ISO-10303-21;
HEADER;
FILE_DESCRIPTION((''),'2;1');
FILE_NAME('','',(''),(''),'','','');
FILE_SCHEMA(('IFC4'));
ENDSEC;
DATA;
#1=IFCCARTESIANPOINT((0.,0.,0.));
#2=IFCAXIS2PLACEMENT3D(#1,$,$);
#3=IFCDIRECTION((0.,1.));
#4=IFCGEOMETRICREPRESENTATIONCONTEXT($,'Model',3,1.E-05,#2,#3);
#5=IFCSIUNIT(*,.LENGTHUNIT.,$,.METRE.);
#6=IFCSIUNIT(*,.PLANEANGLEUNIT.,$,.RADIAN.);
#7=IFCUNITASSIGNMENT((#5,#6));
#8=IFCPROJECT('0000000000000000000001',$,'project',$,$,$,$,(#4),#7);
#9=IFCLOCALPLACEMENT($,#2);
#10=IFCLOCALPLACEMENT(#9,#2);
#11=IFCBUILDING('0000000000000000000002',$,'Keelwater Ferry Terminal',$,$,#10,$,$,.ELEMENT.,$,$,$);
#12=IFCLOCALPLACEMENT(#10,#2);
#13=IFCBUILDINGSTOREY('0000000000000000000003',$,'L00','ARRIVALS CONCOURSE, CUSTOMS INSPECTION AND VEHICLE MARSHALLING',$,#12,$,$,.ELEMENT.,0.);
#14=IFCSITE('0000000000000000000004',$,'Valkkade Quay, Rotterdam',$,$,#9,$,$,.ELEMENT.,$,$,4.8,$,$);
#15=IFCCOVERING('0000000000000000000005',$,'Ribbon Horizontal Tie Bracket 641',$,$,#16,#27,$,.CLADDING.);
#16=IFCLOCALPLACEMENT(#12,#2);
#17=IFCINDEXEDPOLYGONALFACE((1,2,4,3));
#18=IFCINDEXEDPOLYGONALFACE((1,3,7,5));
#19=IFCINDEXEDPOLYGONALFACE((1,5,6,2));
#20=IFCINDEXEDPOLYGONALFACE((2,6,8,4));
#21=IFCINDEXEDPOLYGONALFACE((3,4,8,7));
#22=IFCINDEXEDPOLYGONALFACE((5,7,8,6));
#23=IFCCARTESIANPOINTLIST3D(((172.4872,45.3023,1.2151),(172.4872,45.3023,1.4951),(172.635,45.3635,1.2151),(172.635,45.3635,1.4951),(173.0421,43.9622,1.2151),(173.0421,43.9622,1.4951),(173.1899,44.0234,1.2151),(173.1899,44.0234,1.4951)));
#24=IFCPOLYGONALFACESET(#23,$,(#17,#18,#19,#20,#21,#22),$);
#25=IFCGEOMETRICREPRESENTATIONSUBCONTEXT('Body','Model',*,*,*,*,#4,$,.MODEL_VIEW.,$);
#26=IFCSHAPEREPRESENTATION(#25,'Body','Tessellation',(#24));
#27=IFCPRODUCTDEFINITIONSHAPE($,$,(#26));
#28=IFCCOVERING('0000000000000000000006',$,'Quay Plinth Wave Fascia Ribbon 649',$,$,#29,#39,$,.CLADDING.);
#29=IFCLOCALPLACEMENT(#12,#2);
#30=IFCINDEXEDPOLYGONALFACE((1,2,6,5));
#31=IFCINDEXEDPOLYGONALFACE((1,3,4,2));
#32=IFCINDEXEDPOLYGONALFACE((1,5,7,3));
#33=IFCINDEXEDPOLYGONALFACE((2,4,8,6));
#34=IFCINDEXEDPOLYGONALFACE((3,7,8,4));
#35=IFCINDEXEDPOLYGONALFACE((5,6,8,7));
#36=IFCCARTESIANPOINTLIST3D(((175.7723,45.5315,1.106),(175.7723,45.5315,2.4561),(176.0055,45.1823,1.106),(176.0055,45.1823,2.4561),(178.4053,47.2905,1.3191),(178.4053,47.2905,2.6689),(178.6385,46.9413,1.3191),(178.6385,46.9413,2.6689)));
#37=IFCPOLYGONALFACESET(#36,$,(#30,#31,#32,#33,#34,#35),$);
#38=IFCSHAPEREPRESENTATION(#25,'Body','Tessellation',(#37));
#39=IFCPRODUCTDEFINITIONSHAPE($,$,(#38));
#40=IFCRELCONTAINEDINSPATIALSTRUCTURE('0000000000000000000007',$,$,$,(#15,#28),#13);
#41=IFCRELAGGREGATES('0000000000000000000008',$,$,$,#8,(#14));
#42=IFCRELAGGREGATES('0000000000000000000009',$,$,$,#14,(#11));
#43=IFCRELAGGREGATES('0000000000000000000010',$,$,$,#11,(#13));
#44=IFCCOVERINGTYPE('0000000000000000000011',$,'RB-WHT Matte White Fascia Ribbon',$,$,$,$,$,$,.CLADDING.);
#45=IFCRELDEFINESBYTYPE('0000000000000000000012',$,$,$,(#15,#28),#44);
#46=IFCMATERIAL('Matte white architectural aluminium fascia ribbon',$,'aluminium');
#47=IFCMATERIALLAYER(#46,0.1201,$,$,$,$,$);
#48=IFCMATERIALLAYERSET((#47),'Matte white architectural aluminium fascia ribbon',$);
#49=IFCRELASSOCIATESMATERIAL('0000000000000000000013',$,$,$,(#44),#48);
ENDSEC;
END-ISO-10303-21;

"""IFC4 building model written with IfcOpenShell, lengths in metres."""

from ifc_helpers import new_model, si_unit, direction, frame, frame_2d, origin, place, context, subcontext, project, spatial, polyline, rectangle, outline, extrude, material, layer, layer_set, type_object, element, save


model = new_model("IFC4")

# Units and contexts
model_context = context("Model", 3, precision=1e-05, world=origin(), true_north=direction((0.0, 1.0)))
body_context = subcontext(model_context, "Body", "Model", "MODEL_VIEW")
ifc_project = project(units=[si_unit("LENGTHUNIT", "METRE"), si_unit("PLANEANGLEUNIT", "RADIAN")], contexts=[model_context])

# Site, building, storey
site_placement = place(None, origin())
site = spatial("IfcSite", under=ifc_project, at=site_placement, Name="Valkkade Quay, Rotterdam", CompositionType="ELEMENT", RefElevation=4.8)
building_placement = place(site_placement, origin())
building = spatial("IfcBuilding", under=site, at=building_placement, Name="Keelwater Ferry Terminal", CompositionType="ELEMENT")
storey_placement = place(building_placement, origin())
storey = spatial("IfcBuildingStorey", under=building, at=storey_placement, Name="L00", Description="ARRIVALS CONCOURSE, CUSTOMS INSPECTION AND VEHICLE MARSHALLING", CompositionType="ELEMENT", Elevation=0.0)

# Coverings
ifc_material_1 = material(Name="Matte white architectural aluminium fascia ribbon", Category="aluminium")
ifc_layer_1 = layer(ifc_material_1, 0.1201)
ifc_layer_set_1 = layer_set([ifc_layer_1], Name="Matte white architectural aluminium fascia ribbon")
covering_type = type_object("IfcCoveringType", Name="RB-WHT Matte White Fascia Ribbon", PredefinedType="CLADDING", material=ifc_layer_set_1)
covering_1_placement = place(storey_placement, frame((173.116, 43.9929, 1.2151), z_axis=(0.0, 0.0, 1.0), x_axis=(-0.382595, 0.923916, 0.0)))
element("IfcCovering", 1, at=covering_1_placement, inside=storey, type_object=covering_type, Name="Ribbon Horizontal Tie Bracket 641", PredefinedType="CLADDING", context=body_context, shape_type="SweptSolid", body=[
    extrude(rectangle(XDim=1.4504, YDim=0.1599, at=frame_2d((0.7251, 0.0))), origin(), (0.0, 0.0, 1.0), 0.28),
])
covering_2_placement = place(storey_placement, frame((175.8889, 45.3569, 1.106), z_axis=(0.0, 0.0, 1.0), x_axis=(0.831516, 0.555501, 0.0)))
element("IfcCovering", 2, at=covering_2_placement, inside=storey, type_object=covering_type, Name="Quay Plinth Wave Fascia Ribbon 649", PredefinedType="CLADDING", context=body_context, shape_type="SweptSolid", body=[
    extrude(outline(polyline([(0.0, 0.0), (3.1665, 0.2131), (3.1665, 1.563), (0.0, 1.3501), (0.0, 0.0)])), frame((0.0, 0.21, 0.0), z_axis=(0.0, -1.0, 0.0), x_axis=(1.0, 0.0, 0.0)), (0.0, 0.0, 1.0), 0.4199),
])

save(model, "model.ifc")
